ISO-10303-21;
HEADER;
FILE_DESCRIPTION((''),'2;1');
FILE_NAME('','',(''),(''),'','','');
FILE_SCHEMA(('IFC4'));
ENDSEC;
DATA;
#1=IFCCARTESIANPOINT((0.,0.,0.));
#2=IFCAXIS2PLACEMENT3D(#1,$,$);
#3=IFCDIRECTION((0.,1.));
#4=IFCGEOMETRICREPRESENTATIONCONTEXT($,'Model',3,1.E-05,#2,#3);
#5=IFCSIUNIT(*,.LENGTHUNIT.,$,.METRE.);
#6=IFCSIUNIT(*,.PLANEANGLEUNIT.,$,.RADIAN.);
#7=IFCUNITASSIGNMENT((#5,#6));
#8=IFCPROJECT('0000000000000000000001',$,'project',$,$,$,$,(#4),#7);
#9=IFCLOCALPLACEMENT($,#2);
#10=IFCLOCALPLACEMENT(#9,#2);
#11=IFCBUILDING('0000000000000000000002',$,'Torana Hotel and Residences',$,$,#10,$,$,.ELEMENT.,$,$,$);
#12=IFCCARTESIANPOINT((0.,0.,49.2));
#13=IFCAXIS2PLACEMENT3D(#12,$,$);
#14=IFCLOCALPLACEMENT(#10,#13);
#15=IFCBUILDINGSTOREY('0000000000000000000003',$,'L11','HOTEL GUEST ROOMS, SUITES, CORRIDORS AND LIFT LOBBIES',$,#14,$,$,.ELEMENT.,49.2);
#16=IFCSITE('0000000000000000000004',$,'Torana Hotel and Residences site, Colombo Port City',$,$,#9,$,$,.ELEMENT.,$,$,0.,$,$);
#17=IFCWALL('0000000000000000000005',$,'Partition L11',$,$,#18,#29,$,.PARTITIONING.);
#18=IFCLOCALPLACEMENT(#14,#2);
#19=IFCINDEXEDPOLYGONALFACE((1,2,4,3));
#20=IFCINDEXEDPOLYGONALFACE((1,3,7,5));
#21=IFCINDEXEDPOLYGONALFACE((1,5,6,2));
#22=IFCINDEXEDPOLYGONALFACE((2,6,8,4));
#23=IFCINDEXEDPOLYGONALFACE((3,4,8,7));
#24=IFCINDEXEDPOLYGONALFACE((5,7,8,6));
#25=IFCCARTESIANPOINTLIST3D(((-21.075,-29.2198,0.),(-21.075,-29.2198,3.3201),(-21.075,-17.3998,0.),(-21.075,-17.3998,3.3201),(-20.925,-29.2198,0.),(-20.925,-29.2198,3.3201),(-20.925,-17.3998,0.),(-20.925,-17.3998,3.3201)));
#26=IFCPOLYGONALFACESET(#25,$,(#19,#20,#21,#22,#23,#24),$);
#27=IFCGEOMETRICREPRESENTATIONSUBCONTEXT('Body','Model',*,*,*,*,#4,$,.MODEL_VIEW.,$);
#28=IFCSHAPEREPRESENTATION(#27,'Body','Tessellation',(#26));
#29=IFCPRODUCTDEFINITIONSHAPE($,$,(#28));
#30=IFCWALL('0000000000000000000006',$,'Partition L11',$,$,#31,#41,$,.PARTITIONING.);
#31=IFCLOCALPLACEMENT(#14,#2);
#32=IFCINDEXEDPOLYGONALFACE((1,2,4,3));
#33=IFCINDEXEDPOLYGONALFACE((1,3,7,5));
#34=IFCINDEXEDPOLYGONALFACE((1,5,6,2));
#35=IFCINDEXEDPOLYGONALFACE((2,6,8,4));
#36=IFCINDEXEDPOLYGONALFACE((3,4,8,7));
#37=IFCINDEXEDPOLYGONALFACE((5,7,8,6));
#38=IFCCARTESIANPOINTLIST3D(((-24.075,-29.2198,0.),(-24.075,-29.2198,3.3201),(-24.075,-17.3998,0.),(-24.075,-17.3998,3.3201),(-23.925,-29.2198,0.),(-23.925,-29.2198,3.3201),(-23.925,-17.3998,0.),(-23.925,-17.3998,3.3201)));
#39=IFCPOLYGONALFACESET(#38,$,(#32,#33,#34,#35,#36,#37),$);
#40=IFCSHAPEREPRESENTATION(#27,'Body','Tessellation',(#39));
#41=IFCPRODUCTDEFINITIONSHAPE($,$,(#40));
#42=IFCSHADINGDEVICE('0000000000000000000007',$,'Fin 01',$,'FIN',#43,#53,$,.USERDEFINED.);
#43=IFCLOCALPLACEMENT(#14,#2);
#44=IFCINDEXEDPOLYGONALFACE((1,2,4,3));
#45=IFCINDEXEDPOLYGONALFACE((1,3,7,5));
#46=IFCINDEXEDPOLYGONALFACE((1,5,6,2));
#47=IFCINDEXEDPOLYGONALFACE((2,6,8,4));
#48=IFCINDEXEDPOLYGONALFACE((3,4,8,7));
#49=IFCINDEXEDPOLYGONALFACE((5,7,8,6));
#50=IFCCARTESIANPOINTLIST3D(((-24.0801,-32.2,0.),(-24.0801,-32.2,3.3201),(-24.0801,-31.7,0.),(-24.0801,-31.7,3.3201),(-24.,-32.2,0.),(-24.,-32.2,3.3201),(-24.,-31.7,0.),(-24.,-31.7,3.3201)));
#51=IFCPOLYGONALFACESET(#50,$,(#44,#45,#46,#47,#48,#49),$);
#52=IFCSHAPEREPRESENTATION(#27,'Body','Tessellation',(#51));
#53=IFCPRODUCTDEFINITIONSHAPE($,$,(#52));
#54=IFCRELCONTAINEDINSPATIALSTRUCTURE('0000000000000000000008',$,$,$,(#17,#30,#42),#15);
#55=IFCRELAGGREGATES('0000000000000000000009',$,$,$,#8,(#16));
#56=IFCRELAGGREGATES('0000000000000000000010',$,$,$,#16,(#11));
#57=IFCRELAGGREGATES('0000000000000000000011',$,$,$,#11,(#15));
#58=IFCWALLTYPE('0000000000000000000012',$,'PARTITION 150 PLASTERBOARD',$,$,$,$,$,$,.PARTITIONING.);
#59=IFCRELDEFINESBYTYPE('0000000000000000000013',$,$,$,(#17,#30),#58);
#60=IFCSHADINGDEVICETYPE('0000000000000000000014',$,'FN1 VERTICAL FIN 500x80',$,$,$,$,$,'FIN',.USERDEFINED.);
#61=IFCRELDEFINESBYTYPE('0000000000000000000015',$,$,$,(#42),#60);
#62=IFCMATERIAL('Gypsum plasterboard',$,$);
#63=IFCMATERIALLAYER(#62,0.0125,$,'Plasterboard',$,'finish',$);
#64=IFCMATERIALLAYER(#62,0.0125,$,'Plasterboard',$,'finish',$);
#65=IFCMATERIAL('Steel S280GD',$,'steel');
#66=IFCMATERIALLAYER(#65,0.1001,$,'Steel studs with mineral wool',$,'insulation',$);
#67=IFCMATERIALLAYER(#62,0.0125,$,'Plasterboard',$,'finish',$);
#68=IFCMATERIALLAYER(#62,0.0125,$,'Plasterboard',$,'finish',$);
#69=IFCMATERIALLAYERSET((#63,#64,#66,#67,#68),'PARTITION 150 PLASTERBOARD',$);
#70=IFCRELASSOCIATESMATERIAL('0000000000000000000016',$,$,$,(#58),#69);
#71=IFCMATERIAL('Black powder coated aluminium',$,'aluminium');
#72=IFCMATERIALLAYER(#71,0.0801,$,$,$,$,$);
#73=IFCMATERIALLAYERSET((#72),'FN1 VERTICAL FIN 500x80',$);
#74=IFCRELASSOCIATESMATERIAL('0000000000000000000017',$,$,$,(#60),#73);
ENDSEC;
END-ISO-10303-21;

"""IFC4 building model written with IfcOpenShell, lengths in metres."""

from ifc_helpers import new_model, si_unit, direction, frame, frame_2d, origin, origin_2d, place, context, subcontext, project, spatial, rectangle, extrude, material, layer, layer_set, type_object, element, save


model = new_model("IFC4")

# Units and contexts
model_context = context("Model", 3, precision=1e-05, world=origin(), true_north=direction((0.0, 1.0)))
body_context = subcontext(model_context, "Body", "Model", "MODEL_VIEW")
ifc_project = project(units=[si_unit("LENGTHUNIT", "METRE"), si_unit("PLANEANGLEUNIT", "RADIAN")], contexts=[model_context])

# Site, building, storey
site_placement = place(None, origin())
site = spatial("IfcSite", under=ifc_project, at=site_placement, Name="Torana Hotel and Residences site, Colombo Port City", CompositionType="ELEMENT", RefElevation=0.0)
building_placement = place(site_placement, origin())
building = spatial("IfcBuilding", under=site, at=building_placement, Name="Torana Hotel and Residences", CompositionType="ELEMENT")
storey_placement = place(building_placement, frame((0.0, 0.0, 49.2)))
storey = spatial("IfcBuildingStorey", under=building, at=storey_placement, Name="L11", Description="HOTEL GUEST ROOMS, SUITES, CORRIDORS AND LIFT LOBBIES", CompositionType="ELEMENT", Elevation=49.2)

# Walls
ifc_material_1 = material(Name="Gypsum plasterboard")
ifc_layer_1 = layer(ifc_material_1, 0.0125, Name="Plasterboard", Category="finish")
ifc_layer_2 = layer(ifc_material_1, 0.0125, Name="Plasterboard", Category="finish")
ifc_material_2 = material(Name="Steel S280GD", Category="steel")
ifc_layer_3 = layer(ifc_material_2, 0.1001, Name="Steel studs with mineral wool", Category="insulation")
ifc_layer_4 = layer(ifc_material_1, 0.0125, Name="Plasterboard", Category="finish")
ifc_layer_5 = layer(ifc_material_1, 0.0125, Name="Plasterboard", Category="finish")
ifc_layer_set_1 = layer_set([ifc_layer_1, ifc_layer_2, ifc_layer_3, ifc_layer_4, ifc_layer_5], Name="PARTITION 150 PLASTERBOARD")
wall_type = type_object("IfcWallType", Name="PARTITION 150 PLASTERBOARD", PredefinedType="PARTITIONING", material=ifc_layer_set_1)
for number, where, z_axis, x_axis, name in (
    (1, (-21.0, -29.22, 0.0), (0.0, 0.0, 1.0), (0.0, 1.0, 0.0), "Partition L11"),
    (2, (-24.0, -29.22, 0.0), (0.0, 0.0, 1.0), (0.0, 1.0, 0.0), "Partition L11"),
):
    element("IfcWall", number, at=place(storey_placement, frame(where, z_axis=z_axis, x_axis=x_axis)), inside=storey, type_object=wall_type, Name=name, PredefinedType="PARTITIONING", context=body_context, shape_type="SweptSolid", body=[
        extrude(rectangle(XDim=11.8201, YDim=0.1499, at=frame_2d((5.9102, 0.0))), origin(), (0.0, 0.0, 1.0), 3.3201),
    ])

# Shading device
ifc_material_3 = material(Name="Black powder coated aluminium", Category="aluminium")
ifc_layer_6 = layer(ifc_material_3, 0.0801)
ifc_layer_set_2 = layer_set([ifc_layer_6], Name="FN1 VERTICAL FIN 500x80")
shading_device_type = type_object("IfcShadingDeviceType", Name="FN1 VERTICAL FIN 500x80", ElementType="FIN", PredefinedType="USERDEFINED", material=ifc_layer_set_2)
shading_device_placement = place(storey_placement, frame((-24.04, -31.95, 0.0), z_axis=(0.0, 0.0, 1.0), x_axis=(-1.0, 0.0, 0.0)))
element("IfcShadingDevice", 3, at=shading_device_placement, inside=storey, type_object=shading_device_type, Name="Fin 01", ObjectType="FIN", PredefinedType="USERDEFINED", context=body_context, shape_type="SweptSolid", body=[
    extrude(rectangle(XDim=0.0801, YDim=0.5, at=origin_2d()), origin(), (0.0, 0.0, 1.0), 3.3201),
])

save(model, "model.ifc")
